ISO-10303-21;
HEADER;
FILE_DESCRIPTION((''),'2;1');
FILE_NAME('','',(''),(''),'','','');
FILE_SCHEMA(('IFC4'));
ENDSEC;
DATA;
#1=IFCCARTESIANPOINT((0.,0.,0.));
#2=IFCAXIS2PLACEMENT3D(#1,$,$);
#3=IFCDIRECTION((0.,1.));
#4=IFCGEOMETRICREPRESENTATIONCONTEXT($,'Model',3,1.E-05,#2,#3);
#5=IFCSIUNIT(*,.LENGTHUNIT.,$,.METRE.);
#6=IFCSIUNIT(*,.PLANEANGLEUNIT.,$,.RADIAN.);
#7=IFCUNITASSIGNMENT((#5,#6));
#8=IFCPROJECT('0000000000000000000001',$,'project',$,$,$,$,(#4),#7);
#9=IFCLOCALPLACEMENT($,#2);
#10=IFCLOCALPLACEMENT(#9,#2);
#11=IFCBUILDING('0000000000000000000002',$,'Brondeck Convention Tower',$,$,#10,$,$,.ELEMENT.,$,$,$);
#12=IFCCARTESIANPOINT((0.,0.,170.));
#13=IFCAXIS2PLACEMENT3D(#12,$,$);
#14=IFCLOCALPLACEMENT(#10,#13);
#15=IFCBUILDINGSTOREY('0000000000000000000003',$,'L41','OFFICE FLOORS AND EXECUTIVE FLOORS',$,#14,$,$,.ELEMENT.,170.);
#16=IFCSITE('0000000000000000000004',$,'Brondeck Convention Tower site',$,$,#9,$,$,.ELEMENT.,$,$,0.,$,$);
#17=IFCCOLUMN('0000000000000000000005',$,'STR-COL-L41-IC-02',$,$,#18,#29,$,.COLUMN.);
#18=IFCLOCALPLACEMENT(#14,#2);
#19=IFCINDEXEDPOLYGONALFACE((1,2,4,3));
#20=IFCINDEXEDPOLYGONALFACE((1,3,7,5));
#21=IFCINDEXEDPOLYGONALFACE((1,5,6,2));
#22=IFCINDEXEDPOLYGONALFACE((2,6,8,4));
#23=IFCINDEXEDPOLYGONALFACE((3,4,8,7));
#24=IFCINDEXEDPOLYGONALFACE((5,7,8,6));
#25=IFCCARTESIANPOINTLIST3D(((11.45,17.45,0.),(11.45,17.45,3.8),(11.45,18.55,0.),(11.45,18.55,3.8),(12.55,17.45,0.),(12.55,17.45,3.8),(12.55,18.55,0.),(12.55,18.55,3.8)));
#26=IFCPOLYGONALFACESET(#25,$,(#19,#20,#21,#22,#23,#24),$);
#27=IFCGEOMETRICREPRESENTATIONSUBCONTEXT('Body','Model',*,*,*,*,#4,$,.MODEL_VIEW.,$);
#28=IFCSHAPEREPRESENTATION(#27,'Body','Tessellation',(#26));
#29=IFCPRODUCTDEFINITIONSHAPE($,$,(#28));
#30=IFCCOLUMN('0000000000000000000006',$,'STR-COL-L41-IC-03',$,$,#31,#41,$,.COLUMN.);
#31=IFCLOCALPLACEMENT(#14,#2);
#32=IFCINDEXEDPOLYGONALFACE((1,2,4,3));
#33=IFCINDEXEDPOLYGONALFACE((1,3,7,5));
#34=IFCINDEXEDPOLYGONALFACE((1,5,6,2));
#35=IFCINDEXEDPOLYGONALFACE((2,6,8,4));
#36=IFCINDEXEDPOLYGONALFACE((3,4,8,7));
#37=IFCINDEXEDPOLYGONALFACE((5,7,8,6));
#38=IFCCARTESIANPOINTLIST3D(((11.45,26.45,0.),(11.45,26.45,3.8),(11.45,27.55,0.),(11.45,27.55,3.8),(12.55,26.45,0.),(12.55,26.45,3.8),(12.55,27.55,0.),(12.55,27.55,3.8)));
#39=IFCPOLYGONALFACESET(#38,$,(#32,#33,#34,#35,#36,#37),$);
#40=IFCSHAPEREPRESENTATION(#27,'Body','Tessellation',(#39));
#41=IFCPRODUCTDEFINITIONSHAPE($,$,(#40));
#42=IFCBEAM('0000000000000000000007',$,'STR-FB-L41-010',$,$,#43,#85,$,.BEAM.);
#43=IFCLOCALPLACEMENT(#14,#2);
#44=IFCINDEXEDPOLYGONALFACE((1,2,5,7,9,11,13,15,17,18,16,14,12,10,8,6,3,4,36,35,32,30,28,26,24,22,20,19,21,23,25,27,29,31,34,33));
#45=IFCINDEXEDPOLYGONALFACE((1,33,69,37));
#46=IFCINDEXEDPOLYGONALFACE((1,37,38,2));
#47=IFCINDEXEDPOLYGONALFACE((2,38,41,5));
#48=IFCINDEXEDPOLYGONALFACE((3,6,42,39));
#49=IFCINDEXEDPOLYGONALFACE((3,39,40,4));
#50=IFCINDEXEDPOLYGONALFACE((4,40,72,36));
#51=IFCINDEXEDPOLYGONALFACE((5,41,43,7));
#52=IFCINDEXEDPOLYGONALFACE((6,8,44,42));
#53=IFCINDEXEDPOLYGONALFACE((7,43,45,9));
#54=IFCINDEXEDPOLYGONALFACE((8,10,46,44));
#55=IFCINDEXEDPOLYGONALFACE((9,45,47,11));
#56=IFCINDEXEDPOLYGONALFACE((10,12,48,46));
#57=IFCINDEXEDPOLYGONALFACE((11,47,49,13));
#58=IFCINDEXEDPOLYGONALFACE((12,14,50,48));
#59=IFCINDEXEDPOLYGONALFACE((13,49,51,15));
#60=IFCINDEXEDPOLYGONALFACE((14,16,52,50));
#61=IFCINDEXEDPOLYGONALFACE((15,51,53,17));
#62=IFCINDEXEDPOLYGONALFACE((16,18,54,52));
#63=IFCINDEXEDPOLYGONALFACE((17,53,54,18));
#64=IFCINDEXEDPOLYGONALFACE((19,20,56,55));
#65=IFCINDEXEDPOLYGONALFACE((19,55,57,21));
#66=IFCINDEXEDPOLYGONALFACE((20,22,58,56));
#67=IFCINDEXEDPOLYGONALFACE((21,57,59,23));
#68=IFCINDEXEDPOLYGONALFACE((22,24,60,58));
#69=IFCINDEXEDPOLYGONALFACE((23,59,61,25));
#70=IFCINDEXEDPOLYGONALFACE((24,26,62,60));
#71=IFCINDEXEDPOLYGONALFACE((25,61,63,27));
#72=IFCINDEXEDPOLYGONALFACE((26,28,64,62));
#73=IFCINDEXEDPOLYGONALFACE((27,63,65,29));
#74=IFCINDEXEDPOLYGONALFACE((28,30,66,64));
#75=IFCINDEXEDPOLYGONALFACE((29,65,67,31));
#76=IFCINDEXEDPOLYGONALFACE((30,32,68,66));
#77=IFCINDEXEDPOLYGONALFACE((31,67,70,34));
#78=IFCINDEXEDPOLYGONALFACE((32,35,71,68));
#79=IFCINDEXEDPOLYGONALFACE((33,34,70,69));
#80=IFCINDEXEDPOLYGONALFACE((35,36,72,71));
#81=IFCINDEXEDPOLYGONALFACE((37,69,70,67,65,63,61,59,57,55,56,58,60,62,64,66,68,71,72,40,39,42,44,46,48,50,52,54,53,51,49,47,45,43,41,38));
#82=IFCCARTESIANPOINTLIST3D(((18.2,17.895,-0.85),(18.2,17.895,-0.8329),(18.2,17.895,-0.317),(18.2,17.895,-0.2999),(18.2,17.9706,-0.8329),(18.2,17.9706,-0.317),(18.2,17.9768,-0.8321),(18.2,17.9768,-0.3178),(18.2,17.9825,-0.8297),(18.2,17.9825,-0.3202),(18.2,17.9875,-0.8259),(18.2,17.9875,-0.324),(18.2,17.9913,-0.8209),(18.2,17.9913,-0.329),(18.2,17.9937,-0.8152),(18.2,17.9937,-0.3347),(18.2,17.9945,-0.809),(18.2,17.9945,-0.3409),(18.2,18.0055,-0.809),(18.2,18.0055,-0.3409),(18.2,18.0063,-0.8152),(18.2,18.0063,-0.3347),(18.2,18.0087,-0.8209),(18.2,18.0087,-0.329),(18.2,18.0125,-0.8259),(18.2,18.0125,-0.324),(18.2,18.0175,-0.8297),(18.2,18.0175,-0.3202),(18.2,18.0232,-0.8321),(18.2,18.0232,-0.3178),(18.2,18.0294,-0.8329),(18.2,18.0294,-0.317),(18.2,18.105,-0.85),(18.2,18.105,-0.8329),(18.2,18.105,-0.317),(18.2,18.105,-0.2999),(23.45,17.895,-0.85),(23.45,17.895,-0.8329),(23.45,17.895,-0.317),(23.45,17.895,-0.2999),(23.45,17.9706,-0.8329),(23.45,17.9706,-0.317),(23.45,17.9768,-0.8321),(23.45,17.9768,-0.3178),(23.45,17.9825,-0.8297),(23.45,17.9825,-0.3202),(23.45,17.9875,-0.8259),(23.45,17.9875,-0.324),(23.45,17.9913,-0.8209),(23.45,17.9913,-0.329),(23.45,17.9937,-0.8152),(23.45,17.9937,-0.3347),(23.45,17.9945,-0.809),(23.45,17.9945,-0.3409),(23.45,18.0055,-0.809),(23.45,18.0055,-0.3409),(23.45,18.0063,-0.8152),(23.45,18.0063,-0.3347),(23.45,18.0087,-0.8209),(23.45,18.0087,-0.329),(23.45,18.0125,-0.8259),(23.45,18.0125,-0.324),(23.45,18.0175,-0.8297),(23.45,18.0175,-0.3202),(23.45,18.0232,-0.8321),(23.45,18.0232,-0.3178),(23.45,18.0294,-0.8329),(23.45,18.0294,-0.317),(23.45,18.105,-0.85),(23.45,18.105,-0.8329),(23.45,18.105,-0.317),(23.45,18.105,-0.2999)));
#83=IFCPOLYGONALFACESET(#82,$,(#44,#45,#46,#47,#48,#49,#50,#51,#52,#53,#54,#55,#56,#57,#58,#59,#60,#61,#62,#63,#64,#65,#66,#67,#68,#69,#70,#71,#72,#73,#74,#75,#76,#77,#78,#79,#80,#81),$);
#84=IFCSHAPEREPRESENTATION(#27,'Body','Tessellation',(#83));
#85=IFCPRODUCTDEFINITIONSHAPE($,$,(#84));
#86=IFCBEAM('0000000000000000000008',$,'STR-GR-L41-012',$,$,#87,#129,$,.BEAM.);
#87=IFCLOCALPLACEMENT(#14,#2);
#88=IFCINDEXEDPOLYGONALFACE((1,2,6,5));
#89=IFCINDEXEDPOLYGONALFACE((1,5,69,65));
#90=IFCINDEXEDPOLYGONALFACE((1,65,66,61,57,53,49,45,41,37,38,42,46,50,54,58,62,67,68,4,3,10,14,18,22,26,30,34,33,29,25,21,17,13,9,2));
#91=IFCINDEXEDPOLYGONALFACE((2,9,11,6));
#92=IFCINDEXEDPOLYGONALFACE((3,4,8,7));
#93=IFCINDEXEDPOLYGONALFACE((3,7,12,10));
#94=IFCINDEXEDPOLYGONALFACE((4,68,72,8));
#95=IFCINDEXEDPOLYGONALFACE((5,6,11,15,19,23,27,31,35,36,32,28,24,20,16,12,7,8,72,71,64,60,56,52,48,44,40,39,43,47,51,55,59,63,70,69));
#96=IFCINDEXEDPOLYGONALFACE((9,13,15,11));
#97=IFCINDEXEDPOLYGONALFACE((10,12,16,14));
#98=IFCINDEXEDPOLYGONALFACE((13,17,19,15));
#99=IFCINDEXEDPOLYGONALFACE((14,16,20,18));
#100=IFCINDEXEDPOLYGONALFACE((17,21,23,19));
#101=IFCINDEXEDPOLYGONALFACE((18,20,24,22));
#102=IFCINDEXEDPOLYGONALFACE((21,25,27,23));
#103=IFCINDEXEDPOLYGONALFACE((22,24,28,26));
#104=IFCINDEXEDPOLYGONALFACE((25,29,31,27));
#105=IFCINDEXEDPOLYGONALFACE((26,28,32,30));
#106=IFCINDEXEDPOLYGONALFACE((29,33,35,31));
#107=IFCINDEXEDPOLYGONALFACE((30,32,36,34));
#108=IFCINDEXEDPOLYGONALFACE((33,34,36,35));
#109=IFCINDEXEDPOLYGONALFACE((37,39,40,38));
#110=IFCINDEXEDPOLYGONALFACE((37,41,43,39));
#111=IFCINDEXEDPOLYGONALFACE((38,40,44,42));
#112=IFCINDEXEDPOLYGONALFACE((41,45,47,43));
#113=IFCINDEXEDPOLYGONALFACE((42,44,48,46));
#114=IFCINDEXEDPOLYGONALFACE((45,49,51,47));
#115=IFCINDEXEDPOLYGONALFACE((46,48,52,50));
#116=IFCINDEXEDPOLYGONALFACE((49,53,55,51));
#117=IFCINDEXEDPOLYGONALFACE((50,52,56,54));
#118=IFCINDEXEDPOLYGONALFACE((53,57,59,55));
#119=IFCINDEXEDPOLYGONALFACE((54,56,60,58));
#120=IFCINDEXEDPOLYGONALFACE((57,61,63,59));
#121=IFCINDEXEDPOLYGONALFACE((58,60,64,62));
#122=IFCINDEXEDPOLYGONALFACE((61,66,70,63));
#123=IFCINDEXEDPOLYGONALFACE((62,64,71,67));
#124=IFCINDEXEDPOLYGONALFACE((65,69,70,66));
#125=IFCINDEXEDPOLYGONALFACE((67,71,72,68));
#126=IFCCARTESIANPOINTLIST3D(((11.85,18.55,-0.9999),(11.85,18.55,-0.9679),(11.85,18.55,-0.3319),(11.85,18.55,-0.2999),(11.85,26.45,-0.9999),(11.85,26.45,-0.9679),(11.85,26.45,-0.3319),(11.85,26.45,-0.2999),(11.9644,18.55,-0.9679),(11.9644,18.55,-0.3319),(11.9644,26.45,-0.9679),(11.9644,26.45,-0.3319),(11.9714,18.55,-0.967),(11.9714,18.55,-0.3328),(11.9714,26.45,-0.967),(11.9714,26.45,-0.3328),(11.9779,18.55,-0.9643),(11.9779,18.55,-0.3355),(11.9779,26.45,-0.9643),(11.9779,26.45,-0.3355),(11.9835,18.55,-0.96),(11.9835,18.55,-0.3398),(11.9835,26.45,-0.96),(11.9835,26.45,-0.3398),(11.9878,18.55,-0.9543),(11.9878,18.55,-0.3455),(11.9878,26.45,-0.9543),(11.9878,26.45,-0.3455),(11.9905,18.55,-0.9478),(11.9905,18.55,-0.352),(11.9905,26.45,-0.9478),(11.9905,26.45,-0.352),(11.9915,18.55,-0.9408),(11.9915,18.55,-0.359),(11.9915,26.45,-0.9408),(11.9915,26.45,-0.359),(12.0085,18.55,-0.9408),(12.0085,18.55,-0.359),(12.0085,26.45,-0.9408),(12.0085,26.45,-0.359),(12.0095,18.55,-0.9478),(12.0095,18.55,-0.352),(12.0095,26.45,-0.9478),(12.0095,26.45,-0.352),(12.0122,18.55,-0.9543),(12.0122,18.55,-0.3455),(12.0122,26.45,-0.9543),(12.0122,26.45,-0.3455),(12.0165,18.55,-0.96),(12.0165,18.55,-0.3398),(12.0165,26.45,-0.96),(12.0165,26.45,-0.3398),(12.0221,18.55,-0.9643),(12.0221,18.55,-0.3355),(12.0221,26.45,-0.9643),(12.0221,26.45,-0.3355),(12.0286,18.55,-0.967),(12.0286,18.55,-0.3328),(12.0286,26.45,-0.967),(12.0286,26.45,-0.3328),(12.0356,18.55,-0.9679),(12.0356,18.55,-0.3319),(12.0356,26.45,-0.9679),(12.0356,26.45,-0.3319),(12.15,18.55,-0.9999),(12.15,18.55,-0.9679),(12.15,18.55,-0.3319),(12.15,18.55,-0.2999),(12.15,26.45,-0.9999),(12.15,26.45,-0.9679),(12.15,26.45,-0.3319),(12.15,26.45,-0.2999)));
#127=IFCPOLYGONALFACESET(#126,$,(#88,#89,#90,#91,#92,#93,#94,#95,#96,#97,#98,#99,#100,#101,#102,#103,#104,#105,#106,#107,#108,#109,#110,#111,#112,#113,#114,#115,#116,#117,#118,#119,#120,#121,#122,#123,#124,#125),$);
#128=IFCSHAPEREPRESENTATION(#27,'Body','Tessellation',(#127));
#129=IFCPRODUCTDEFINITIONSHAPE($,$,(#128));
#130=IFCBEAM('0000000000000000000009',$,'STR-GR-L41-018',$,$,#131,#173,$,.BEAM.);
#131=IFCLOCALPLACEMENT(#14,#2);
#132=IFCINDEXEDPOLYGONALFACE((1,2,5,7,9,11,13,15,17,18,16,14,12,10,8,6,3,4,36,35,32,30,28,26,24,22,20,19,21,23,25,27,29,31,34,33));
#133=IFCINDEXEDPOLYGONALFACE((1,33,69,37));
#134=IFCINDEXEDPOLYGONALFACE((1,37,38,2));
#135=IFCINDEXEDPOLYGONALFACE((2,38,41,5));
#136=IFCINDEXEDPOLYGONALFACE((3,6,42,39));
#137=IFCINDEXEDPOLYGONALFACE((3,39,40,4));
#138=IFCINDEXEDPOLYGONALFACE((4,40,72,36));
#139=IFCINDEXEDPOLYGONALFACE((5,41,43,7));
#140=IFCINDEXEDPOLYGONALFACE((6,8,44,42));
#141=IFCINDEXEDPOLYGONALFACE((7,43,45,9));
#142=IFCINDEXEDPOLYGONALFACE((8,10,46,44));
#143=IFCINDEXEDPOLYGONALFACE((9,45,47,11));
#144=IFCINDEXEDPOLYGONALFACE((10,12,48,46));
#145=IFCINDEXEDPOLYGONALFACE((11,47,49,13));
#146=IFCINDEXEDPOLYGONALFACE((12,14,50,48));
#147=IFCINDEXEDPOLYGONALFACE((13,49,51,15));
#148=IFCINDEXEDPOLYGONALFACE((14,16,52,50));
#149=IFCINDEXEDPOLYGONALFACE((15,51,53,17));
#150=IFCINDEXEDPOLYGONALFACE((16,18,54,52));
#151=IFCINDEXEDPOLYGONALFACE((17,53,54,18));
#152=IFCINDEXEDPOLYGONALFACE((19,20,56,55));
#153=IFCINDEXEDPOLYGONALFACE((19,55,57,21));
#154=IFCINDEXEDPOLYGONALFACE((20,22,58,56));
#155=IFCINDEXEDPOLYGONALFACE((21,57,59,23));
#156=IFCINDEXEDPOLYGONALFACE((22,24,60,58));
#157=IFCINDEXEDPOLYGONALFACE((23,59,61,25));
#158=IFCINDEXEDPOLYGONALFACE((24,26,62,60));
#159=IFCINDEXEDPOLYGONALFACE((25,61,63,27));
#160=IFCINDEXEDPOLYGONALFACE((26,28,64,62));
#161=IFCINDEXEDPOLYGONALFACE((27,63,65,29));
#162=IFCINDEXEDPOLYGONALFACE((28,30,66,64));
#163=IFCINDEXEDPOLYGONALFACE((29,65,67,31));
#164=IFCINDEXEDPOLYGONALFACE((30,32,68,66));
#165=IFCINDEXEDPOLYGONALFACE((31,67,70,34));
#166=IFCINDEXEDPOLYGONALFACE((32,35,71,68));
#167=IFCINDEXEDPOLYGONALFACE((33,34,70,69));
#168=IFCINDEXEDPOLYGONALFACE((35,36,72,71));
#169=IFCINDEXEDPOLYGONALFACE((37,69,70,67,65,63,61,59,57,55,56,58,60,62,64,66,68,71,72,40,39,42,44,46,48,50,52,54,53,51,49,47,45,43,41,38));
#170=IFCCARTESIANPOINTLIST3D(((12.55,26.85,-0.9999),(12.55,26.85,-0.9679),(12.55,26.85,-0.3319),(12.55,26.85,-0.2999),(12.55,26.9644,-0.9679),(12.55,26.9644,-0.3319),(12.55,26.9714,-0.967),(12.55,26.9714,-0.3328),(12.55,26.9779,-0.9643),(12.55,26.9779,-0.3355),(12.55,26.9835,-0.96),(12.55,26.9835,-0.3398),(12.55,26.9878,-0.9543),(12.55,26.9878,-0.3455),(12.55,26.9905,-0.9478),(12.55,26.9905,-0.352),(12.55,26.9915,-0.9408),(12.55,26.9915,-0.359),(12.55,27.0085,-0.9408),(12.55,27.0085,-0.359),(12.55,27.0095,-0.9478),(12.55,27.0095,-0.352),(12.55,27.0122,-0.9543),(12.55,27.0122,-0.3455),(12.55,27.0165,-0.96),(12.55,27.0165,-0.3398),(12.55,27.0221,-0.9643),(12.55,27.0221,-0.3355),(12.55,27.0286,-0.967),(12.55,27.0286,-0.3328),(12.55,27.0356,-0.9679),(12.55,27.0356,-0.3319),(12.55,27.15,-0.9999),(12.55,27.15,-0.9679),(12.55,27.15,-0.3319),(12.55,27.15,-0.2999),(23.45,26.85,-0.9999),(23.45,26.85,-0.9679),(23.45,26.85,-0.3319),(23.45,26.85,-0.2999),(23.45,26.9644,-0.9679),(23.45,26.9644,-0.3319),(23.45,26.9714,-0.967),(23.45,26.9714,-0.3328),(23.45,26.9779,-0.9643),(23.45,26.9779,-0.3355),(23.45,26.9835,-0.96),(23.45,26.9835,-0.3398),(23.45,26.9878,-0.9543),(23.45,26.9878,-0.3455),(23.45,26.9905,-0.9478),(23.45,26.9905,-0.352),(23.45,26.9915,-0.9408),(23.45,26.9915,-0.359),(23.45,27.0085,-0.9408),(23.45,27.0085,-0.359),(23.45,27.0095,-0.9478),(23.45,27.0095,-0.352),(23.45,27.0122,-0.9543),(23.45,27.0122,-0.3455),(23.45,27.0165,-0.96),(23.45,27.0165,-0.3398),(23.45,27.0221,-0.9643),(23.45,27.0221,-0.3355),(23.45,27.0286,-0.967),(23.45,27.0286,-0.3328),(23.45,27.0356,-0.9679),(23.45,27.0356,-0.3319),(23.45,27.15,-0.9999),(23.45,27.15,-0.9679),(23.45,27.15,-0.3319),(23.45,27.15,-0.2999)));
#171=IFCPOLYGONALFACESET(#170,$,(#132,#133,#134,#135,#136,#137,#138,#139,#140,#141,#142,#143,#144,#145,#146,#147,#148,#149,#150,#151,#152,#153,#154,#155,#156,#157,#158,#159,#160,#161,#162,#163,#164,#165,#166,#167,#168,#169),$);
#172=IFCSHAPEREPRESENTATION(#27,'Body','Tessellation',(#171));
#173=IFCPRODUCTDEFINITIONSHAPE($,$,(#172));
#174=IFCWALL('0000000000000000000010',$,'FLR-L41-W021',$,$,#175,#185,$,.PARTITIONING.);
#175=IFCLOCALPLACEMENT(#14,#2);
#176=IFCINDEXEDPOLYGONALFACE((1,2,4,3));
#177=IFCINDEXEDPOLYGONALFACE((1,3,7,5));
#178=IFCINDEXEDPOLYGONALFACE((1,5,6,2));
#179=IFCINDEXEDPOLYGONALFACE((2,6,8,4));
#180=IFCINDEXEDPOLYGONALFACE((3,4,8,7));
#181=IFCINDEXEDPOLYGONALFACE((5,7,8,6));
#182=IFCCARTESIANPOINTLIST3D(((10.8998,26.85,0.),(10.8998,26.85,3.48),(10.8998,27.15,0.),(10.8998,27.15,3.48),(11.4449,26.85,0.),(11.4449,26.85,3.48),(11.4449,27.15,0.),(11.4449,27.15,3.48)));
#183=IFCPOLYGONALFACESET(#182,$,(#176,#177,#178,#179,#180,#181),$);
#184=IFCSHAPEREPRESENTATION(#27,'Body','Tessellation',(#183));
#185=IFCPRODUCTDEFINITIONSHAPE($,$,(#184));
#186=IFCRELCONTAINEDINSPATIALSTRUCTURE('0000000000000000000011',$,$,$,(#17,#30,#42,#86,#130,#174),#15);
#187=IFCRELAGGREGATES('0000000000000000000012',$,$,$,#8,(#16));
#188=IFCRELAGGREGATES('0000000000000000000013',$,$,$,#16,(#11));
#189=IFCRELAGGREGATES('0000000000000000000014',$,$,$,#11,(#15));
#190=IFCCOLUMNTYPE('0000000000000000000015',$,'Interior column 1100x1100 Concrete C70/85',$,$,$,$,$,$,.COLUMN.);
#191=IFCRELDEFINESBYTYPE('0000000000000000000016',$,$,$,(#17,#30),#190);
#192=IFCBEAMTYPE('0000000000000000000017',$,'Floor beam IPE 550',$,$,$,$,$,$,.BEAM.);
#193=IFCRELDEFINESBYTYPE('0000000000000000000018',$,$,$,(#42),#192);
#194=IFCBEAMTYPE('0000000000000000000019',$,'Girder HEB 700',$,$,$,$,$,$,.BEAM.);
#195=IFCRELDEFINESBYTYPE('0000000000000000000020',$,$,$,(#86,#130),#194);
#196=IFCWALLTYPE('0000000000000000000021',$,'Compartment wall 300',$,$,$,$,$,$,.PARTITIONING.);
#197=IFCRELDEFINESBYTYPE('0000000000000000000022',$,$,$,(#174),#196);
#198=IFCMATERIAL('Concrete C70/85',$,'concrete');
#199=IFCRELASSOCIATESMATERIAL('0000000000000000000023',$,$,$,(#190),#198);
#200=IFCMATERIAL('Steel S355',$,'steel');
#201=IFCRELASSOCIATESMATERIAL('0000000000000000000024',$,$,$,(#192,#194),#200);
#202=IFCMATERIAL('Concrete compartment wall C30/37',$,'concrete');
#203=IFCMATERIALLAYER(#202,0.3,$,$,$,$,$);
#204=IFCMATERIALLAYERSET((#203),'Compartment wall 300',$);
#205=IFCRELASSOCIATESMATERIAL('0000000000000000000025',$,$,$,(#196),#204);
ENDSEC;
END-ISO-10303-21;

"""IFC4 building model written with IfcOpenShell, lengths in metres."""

from ifc_helpers import new_model, si_unit, direction, frame, frame_2d, origin, origin_2d, place, context, subcontext, project, spatial, rectangle, i_section, extrude, material, layer, layer_set, material_profile, profile_set, type_object, element, save


model = new_model("IFC4")

# Units and contexts
model_context = context("Model", 3, precision=1e-05, world=origin(), true_north=direction((0.0, 1.0)))
body_context = subcontext(model_context, "Body", "Model", "MODEL_VIEW")
ifc_project = project(units=[si_unit("LENGTHUNIT", "METRE"), si_unit("PLANEANGLEUNIT", "RADIAN")], contexts=[model_context])

# Site, building, storey
site_placement = place(None, origin())
site = spatial("IfcSite", under=ifc_project, at=site_placement, Name="Brondeck Convention Tower site", CompositionType="ELEMENT", RefElevation=0.0)
building_placement = place(site_placement, origin())
building = spatial("IfcBuilding", under=site, at=building_placement, Name="Brondeck Convention Tower", CompositionType="ELEMENT")
storey_placement = place(building_placement, frame((0.0, 0.0, 170.0)))
storey = spatial("IfcBuildingStorey", under=building, at=storey_placement, Name="L41", Description="OFFICE FLOORS AND EXECUTIVE FLOORS", CompositionType="ELEMENT", Elevation=170.0)

# Columns
ifc_material_1 = material(Name="Concrete C70/85", Category="concrete")
ifc_material_profile_1 = material_profile(ifc_material_1, rectangle(XDim=1.1001, YDim=1.1001, at=origin_2d()), Name="Interior column 1100x1100 Concrete C70/85")
ifc_profile_set_1 = profile_set([ifc_material_profile_1], Name="Concrete C70/85")
column_type = type_object("IfcColumnType", Name="Interior column 1100x1100 Concrete C70/85", PredefinedType="COLUMN", material=ifc_profile_set_1)
for number, where, z_axis, x_axis, name in (
    (1, (12.0, 18.0, 0.0), (0.0, 0.0, 1.0), (1.0, 0.0, 0.0), "STR-COL-L41-IC-02"),
    (2, (12.0, 27.0, 0.0), (0.0, 0.0, 1.0), (1.0, 0.0, 0.0), "STR-COL-L41-IC-03"),
):
    element("IfcColumn", number, at=place(storey_placement, frame(where, z_axis=z_axis, x_axis=x_axis)), inside=storey, type_object=column_type, Name=name, PredefinedType="COLUMN", context=body_context, shape_type="SweptSolid", body=[
        extrude(rectangle(XDim=1.1001, YDim=1.1001, at=origin_2d()), origin(), (0.0, 0.0, 1.0), 3.8),
    ])

# Beams
ifc_material_2 = material(Name="Steel S355", Category="steel")
ifc_material_profile_2 = material_profile(ifc_material_2, i_section(OverallWidth=0.21, OverallDepth=0.55, WebThickness=0.011, FlangeThickness=0.0171, FilletRadius=0.0239, at=origin_2d()), Name="IPE 550")
ifc_profile_set_2 = profile_set([ifc_material_profile_2], Name="Steel S355")
beam_type_1 = type_object("IfcBeamType", Name="Floor beam IPE 550", PredefinedType="BEAM", material=ifc_profile_set_2)
beam_1_placement = place(storey_placement, frame((18.2, 18.0, -0.575), z_axis=(1.0, 0.0, 0.0), x_axis=(0.0, 1.0, 0.0)))
element("IfcBeam", 3, at=beam_1_placement, inside=storey, type_object=beam_type_1, Name="STR-FB-L41-010", PredefinedType="BEAM", context=body_context, shape_type="SweptSolid", body=[
    extrude(i_section(OverallWidth=0.21, OverallDepth=0.55, WebThickness=0.011, FlangeThickness=0.0171, FilletRadius=0.0239, at=origin_2d()), origin(), (0.0, 0.0, 1.0), 5.25),
])
ifc_material_profile_3 = material_profile(ifc_material_2, i_section(OverallWidth=0.3, OverallDepth=0.7, WebThickness=0.0171, FlangeThickness=0.032, FilletRadius=0.0271, at=origin_2d()), Name="HEB 700")
ifc_profile_set_3 = profile_set([ifc_material_profile_3], Name="Steel S355")
beam_type_2 = type_object("IfcBeamType", Name="Girder HEB 700", PredefinedType="BEAM", material=ifc_profile_set_3)
beam_2_placement = place(storey_placement, frame((12.0, 26.45, -0.6499), z_axis=(0.0, -1.0, 0.0), x_axis=(1.0, 0.0, 0.0)))
element("IfcBeam", 4, at=beam_2_placement, inside=storey, type_object=beam_type_2, Name="STR-GR-L41-012", PredefinedType="BEAM", context=body_context, shape_type="SweptSolid", body=[
    extrude(i_section(OverallWidth=0.3, OverallDepth=0.7, WebThickness=0.0171, FlangeThickness=0.032, FilletRadius=0.0271, at=origin_2d()), origin(), (0.0, 0.0, 1.0), 7.8999),
])
beam_3_placement = place(storey_placement, frame((12.55, 27.0, -0.6499), z_axis=(1.0, 0.0, 0.0), x_axis=(0.0, 1.0, 0.0)))
element("IfcBeam", 5, at=beam_3_placement, inside=storey, type_object=beam_type_2, Name="STR-GR-L41-018", PredefinedType="BEAM", context=body_context, shape_type="SweptSolid", body=[
    extrude(i_section(OverallWidth=0.3, OverallDepth=0.7, WebThickness=0.0171, FlangeThickness=0.032, FilletRadius=0.0271, at=origin_2d()), origin(), (0.0, 0.0, 1.0), 10.8999),
])

# Wall
ifc_material_3 = material(Name="Concrete compartment wall C30/37", Category="concrete")
ifc_layer_1 = layer(ifc_material_3, 0.3)
ifc_layer_set_1 = layer_set([ifc_layer_1], Name="Compartment wall 300")
wall_type_1 = type_object("IfcWallType", Name="Compartment wall 300", PredefinedType="PARTITIONING", material=ifc_layer_set_1)
wall_1_placement = place(storey_placement, frame((10.8999, 27.0, 0.0), z_axis=(0.0, 0.0, 1.0), x_axis=(1.0, 0.0, 0.0)))
element("IfcWall", 6, at=wall_1_placement, inside=storey, type_object=wall_type_1, Name="FLR-L41-W021", PredefinedType="PARTITIONING", context=body_context, shape_type="SweptSolid", body=[
    extrude(rectangle(XDim=0.5452, YDim=0.3, at=frame_2d((0.2725, 0.0))), origin(), (0.0, 0.0, 1.0), 3.48),
])

save(model, "model.ifc")
